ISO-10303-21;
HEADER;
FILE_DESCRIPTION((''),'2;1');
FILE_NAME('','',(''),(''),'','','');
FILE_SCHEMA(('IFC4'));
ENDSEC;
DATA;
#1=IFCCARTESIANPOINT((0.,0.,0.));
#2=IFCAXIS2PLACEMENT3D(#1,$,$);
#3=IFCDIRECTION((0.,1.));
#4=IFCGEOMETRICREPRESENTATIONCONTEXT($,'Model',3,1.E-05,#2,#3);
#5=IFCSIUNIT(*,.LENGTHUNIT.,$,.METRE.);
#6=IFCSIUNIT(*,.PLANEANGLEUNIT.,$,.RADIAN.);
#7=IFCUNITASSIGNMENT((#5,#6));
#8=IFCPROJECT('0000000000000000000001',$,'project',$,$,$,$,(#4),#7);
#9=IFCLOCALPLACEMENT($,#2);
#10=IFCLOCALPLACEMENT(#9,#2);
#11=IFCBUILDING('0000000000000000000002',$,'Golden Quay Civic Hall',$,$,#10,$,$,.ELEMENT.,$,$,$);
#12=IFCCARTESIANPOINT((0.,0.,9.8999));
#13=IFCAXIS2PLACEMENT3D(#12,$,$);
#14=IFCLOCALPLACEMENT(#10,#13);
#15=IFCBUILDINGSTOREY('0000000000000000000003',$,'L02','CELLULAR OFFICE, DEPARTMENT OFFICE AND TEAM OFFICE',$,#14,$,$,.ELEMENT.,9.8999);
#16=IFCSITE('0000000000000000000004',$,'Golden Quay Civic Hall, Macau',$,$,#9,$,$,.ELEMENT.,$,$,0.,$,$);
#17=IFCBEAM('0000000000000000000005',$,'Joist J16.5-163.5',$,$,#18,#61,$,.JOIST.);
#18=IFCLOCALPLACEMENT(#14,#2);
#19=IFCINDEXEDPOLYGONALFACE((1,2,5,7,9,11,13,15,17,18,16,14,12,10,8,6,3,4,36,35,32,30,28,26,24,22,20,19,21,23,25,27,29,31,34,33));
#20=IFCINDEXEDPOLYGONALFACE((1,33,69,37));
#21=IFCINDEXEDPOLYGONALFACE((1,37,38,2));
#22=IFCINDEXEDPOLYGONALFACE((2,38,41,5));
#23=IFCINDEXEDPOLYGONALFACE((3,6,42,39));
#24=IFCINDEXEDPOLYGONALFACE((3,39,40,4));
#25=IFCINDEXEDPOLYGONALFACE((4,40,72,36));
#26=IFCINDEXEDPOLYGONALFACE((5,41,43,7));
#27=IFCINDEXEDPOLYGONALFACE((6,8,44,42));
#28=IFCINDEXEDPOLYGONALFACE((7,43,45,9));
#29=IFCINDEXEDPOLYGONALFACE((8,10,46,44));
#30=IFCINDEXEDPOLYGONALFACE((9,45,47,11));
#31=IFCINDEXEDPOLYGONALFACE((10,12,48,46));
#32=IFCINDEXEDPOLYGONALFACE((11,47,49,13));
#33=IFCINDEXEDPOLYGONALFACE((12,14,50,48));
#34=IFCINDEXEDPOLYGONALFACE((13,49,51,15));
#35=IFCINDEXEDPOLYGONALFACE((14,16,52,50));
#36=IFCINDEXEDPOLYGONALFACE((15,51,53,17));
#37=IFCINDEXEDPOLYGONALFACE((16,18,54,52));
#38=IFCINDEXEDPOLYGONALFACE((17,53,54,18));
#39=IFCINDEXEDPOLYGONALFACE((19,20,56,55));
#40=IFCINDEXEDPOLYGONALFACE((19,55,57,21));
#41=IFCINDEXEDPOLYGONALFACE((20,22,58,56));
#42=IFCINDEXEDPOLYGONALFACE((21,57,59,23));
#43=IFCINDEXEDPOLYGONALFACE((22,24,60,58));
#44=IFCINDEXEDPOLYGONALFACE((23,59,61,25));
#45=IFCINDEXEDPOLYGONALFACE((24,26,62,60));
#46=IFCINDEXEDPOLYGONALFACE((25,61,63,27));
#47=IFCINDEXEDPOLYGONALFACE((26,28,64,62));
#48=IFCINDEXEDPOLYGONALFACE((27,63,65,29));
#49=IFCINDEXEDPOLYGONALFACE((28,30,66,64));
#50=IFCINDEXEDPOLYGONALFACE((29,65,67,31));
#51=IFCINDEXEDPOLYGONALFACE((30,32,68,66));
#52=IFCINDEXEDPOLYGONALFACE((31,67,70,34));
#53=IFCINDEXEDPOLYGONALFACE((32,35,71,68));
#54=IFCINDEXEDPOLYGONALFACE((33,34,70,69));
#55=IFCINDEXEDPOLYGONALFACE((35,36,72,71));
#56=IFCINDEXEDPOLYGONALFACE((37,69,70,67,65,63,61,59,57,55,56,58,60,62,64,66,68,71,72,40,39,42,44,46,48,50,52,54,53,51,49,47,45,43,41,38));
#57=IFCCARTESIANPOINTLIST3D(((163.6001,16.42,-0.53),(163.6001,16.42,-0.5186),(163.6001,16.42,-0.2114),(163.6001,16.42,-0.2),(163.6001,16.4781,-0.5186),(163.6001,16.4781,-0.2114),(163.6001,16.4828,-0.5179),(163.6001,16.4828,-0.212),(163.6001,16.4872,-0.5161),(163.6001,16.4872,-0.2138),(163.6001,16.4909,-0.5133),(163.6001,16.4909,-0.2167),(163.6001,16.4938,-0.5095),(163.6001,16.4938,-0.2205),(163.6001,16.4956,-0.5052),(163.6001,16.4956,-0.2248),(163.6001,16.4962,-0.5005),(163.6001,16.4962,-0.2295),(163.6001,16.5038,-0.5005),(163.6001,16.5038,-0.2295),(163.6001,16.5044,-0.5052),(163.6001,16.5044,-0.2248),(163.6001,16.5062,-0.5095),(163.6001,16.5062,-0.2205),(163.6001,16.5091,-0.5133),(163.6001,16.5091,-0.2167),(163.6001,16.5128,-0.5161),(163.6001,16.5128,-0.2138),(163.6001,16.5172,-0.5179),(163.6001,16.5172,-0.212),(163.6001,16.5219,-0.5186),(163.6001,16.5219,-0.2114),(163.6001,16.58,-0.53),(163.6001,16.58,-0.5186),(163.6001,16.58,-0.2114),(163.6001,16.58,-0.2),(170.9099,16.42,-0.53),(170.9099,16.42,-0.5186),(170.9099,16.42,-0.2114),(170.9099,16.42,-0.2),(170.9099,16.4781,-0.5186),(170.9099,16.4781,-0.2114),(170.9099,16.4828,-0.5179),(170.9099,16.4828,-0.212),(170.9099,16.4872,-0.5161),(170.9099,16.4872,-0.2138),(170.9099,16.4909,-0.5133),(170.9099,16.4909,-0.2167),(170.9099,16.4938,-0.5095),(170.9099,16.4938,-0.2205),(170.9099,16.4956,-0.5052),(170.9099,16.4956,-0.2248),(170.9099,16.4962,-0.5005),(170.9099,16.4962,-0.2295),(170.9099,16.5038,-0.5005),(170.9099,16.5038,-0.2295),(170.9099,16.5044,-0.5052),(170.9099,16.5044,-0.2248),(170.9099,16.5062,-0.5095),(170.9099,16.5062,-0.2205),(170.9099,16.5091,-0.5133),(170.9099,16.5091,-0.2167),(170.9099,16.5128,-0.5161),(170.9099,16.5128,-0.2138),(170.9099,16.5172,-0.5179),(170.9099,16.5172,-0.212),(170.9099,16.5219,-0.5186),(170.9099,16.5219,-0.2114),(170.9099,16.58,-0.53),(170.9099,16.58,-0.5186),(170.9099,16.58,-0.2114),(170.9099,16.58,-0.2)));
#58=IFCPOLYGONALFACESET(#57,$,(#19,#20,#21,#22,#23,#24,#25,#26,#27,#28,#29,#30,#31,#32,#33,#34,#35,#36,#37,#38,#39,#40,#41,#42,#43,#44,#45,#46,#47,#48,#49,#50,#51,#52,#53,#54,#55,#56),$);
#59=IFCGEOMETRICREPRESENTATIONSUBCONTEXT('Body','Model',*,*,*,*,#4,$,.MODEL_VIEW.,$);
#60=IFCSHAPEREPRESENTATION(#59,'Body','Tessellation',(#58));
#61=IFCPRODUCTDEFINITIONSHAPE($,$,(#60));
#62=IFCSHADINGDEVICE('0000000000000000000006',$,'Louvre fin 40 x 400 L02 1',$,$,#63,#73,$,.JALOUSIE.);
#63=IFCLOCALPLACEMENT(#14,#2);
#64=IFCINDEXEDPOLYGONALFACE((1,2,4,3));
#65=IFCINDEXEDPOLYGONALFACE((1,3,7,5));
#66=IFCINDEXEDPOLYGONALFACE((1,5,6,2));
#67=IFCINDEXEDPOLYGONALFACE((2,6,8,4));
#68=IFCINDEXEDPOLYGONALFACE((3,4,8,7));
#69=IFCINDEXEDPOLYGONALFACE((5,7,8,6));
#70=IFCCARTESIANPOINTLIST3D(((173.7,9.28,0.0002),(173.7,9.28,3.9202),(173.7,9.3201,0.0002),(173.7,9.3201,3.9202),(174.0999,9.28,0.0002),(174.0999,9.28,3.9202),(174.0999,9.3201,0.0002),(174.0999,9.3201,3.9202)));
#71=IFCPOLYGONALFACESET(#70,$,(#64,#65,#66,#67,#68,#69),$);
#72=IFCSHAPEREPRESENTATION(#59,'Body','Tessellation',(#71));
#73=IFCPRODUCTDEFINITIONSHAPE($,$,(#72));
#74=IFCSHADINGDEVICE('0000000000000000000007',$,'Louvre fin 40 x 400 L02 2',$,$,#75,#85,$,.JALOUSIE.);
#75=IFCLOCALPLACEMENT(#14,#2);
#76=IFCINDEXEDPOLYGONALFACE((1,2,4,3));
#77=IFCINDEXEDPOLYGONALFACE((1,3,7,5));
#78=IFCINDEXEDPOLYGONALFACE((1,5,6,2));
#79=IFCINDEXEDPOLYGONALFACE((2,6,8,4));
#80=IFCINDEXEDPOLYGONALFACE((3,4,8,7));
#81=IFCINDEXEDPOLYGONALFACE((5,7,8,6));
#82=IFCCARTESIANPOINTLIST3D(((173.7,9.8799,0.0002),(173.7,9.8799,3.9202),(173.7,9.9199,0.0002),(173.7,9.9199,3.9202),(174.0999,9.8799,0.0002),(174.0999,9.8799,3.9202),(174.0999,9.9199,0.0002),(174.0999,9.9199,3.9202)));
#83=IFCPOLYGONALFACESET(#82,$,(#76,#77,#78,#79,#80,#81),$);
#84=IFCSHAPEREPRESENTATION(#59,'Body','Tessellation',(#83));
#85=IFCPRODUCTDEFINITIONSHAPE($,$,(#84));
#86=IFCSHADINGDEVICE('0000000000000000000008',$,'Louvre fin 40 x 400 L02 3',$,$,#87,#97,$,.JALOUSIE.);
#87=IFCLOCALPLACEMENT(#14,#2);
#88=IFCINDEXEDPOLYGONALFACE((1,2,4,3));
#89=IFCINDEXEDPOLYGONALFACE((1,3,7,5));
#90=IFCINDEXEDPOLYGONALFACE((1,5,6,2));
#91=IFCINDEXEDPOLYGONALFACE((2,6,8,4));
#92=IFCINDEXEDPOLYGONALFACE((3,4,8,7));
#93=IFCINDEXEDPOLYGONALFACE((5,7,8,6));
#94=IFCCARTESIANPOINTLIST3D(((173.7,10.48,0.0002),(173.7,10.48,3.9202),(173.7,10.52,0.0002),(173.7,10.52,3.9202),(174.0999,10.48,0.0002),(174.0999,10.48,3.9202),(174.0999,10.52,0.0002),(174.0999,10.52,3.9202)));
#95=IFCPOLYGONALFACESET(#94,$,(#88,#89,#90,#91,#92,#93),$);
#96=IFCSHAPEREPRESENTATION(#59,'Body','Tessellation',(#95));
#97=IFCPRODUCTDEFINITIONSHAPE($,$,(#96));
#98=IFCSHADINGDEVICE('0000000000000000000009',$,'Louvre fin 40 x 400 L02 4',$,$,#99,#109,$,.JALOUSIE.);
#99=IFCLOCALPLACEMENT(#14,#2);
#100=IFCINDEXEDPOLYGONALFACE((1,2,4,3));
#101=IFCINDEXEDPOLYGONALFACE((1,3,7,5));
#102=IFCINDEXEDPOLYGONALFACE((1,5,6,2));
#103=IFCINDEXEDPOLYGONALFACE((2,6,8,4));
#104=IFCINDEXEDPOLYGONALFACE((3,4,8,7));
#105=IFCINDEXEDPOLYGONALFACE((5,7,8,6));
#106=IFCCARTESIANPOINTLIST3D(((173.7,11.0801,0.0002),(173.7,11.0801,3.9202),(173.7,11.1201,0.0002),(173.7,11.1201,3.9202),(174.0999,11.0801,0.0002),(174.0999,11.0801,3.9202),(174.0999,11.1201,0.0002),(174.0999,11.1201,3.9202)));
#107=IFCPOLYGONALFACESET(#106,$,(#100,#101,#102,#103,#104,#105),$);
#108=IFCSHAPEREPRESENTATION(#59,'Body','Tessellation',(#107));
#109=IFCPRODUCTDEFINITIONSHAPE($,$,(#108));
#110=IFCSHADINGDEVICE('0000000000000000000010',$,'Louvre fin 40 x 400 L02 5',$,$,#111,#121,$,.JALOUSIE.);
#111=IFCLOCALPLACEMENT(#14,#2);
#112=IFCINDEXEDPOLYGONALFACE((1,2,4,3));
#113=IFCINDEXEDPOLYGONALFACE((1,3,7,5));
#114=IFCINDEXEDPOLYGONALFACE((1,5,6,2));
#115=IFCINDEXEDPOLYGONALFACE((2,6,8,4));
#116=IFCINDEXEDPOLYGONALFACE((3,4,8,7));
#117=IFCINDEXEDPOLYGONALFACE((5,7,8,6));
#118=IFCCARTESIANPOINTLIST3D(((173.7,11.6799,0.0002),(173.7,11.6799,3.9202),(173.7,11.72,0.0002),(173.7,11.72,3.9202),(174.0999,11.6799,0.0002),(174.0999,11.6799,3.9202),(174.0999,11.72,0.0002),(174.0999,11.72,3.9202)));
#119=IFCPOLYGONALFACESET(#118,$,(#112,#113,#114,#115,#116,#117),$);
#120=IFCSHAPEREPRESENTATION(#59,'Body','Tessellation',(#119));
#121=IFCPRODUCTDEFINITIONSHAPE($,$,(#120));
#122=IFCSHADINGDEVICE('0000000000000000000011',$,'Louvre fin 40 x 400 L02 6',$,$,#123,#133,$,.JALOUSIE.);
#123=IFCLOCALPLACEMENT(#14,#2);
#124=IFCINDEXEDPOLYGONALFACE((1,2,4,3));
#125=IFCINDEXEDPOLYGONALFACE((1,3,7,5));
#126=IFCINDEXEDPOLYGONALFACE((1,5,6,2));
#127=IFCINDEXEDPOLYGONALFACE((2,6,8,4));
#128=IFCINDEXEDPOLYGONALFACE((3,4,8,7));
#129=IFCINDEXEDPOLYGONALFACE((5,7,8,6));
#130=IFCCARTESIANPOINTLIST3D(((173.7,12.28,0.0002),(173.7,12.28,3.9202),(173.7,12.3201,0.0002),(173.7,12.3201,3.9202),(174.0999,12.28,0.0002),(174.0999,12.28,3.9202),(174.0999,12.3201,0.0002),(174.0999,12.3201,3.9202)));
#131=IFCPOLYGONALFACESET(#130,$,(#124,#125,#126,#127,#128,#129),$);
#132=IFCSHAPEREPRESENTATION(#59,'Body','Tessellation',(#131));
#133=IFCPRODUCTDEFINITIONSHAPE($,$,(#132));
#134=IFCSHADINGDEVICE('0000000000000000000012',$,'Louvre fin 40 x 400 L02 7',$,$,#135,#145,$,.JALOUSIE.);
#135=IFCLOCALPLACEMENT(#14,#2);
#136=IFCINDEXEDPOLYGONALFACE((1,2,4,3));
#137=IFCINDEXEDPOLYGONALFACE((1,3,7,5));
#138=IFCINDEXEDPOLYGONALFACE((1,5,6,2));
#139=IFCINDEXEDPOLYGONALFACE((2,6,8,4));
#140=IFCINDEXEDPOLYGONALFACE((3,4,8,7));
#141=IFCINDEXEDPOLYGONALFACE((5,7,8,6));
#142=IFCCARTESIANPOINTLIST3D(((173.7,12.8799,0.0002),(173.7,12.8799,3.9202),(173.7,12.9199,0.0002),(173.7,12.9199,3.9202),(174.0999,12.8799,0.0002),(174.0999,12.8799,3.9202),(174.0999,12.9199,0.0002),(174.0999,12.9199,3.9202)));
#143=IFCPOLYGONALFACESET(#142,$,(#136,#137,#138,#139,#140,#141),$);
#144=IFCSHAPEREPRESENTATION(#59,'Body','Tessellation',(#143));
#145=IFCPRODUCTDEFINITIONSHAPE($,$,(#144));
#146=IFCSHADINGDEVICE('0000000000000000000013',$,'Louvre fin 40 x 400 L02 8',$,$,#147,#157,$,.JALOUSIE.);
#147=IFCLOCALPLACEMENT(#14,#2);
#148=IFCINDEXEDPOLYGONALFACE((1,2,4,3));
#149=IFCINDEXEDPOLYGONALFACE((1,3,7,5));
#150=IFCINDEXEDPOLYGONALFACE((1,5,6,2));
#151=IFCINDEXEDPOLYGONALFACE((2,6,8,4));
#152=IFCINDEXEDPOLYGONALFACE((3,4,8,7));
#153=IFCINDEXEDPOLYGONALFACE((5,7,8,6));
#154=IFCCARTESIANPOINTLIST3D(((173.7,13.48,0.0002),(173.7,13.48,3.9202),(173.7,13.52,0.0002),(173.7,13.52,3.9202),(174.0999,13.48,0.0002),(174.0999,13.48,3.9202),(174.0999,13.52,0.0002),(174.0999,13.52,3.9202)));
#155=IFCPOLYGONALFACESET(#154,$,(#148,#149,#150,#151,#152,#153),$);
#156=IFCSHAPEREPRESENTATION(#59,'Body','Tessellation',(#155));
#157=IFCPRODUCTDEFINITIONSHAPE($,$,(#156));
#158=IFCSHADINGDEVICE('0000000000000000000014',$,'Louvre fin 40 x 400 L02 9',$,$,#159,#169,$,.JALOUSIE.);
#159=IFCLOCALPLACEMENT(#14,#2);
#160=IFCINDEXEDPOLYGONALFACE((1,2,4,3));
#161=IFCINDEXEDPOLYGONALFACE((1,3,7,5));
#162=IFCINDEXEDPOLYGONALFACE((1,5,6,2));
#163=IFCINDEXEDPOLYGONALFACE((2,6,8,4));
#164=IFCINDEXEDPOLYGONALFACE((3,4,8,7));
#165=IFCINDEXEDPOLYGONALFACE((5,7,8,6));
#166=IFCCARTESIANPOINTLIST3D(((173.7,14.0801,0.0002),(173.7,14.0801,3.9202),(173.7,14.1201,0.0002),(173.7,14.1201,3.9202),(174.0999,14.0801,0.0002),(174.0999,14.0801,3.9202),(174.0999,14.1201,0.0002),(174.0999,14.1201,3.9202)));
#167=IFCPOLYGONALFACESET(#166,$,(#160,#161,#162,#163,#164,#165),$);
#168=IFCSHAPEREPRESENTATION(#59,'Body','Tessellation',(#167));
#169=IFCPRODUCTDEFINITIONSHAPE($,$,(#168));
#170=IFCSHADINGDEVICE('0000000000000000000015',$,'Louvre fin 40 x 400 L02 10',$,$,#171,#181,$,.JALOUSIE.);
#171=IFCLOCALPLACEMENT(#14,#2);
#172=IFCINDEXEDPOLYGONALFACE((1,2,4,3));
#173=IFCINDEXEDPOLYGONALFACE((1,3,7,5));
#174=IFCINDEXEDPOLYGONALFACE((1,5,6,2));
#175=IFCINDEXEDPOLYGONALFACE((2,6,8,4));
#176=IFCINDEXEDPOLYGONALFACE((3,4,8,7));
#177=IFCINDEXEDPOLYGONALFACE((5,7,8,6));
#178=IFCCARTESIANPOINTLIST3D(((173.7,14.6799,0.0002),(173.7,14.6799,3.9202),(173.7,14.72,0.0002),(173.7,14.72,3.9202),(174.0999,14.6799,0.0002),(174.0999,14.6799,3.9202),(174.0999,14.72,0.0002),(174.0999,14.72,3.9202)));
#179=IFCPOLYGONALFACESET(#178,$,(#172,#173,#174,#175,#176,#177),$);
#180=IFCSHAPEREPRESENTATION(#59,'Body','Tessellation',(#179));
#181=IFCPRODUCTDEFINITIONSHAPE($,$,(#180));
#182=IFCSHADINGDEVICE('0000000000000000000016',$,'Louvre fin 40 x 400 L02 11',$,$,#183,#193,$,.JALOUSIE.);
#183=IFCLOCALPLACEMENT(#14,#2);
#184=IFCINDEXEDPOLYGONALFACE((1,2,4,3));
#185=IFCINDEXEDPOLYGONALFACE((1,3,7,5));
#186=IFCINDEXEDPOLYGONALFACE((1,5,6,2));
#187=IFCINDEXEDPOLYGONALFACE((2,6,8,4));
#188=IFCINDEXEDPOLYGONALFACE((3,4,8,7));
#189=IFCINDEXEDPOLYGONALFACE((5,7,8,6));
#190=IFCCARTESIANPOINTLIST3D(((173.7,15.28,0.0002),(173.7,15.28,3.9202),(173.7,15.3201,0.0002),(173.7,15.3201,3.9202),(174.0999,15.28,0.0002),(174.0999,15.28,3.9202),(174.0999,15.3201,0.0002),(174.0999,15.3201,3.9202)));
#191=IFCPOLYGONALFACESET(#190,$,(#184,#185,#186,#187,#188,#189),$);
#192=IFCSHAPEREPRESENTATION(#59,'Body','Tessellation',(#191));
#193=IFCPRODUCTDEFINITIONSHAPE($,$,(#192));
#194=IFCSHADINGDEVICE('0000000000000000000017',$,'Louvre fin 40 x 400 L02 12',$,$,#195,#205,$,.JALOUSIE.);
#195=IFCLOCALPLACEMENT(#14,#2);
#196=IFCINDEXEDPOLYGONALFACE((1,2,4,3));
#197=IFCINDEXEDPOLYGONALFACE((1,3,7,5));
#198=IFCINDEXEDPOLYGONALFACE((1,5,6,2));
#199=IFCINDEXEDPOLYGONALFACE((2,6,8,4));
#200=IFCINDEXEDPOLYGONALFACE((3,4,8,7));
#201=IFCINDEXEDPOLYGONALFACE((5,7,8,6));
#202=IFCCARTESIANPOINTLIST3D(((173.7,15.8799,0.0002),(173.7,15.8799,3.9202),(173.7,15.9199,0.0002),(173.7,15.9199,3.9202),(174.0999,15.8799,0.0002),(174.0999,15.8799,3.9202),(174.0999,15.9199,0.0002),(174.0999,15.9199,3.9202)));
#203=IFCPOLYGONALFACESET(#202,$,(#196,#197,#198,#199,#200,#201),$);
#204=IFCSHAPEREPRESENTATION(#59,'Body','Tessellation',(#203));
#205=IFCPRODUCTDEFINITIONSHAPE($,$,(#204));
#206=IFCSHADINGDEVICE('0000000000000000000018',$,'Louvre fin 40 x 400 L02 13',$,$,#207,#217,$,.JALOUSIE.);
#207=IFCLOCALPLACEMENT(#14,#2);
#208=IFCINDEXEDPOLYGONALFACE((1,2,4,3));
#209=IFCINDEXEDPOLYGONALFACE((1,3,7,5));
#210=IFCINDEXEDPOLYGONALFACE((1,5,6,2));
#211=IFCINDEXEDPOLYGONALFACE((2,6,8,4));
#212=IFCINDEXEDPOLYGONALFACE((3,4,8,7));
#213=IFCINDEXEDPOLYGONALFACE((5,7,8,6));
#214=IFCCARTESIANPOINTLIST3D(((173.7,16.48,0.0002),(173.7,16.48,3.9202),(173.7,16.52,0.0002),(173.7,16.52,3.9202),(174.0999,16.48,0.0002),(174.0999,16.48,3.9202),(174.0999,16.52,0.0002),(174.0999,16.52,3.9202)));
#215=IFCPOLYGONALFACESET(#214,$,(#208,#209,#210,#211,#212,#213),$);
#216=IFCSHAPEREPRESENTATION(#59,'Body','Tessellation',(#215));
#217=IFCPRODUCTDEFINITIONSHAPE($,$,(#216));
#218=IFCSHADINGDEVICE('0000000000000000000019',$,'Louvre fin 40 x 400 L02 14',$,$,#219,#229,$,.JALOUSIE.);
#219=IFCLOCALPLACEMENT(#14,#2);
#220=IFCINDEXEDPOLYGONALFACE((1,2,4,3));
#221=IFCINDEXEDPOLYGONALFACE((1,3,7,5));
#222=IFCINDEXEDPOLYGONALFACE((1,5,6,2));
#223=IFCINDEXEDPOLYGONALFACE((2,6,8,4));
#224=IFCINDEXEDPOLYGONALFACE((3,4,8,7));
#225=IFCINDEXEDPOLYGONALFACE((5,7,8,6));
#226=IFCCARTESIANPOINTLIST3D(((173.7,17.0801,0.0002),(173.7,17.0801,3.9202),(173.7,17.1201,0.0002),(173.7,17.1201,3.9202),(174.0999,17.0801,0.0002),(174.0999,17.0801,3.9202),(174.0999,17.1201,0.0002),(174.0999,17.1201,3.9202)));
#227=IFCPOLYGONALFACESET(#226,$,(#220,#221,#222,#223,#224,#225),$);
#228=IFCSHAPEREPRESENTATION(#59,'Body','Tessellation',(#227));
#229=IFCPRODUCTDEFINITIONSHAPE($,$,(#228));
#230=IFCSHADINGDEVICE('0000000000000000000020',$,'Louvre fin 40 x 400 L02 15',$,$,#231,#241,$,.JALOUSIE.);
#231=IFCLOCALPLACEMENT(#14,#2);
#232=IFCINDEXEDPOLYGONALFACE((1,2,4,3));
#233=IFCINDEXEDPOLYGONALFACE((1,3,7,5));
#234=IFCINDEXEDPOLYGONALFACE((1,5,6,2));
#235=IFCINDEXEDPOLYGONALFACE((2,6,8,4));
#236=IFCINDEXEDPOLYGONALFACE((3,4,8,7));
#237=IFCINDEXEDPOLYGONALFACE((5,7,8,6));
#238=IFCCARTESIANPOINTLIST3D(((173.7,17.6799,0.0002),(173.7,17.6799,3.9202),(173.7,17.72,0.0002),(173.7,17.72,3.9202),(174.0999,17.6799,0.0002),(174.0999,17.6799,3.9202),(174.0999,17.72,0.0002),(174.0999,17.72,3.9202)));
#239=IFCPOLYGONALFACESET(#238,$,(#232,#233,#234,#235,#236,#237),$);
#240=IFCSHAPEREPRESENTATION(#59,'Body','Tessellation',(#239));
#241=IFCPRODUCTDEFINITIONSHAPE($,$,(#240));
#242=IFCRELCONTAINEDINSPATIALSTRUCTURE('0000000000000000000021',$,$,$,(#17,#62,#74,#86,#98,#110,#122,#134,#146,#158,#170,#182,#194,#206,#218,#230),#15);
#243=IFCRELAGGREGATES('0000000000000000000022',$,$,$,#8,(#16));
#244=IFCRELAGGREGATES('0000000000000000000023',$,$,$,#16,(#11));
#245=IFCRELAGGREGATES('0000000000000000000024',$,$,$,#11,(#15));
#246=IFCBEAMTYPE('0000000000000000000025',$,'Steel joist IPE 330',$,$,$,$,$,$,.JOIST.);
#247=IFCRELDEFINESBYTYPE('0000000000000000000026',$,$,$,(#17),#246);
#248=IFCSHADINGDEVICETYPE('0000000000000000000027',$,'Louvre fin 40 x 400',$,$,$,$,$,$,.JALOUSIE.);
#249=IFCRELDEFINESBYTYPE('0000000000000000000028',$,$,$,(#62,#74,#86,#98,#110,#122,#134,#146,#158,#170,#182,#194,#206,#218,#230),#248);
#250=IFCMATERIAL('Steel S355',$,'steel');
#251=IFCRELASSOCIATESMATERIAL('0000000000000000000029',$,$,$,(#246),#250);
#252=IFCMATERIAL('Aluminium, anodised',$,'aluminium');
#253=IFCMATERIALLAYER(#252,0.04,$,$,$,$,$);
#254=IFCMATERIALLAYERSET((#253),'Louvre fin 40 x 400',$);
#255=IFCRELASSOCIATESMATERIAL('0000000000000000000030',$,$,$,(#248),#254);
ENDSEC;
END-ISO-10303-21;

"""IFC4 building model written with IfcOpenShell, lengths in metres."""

from ifc_helpers import new_model, si_unit, direction, frame, origin, origin_2d, place, context, subcontext, project, spatial, rectangle, i_section, extrude, material, layer, layer_set, material_profile, profile_set, type_object, element, save


model = new_model("IFC4")

# Units and contexts
model_context = context("Model", 3, precision=1e-05, world=origin(), true_north=direction((0.0, 1.0)))
body_context = subcontext(model_context, "Body", "Model", "MODEL_VIEW")
ifc_project = project(units=[si_unit("LENGTHUNIT", "METRE"), si_unit("PLANEANGLEUNIT", "RADIAN")], contexts=[model_context])

# Site, building, storey
site_placement = place(None, origin())
site = spatial("IfcSite", under=ifc_project, at=site_placement, Name="Golden Quay Civic Hall, Macau", CompositionType="ELEMENT", RefElevation=0.0)
building_placement = place(site_placement, origin())
building = spatial("IfcBuilding", under=site, at=building_placement, Name="Golden Quay Civic Hall", CompositionType="ELEMENT")
storey_placement = place(building_placement, frame((0.0, 0.0, 9.8999)))
storey = spatial("IfcBuildingStorey", under=building, at=storey_placement, Name="L02", Description="CELLULAR OFFICE, DEPARTMENT OFFICE AND TEAM OFFICE", CompositionType="ELEMENT", Elevation=9.8999)

# Beam
ifc_material_1 = material(Name="Steel S355", Category="steel")
ifc_material_profile_1 = material_profile(ifc_material_1, i_section(OverallWidth=0.1599, OverallDepth=0.3301, WebThickness=0.0076, FlangeThickness=0.0115, FilletRadius=0.0181, at=origin_2d()), Name="IPE 330")
ifc_profile_set_1 = profile_set([ifc_material_profile_1], Name="Steel S355")
beam_type_1 = type_object("IfcBeamType", Name="Steel joist IPE 330", PredefinedType="JOIST", material=ifc_profile_set_1)
for number, where, z_axis, x_axis, name in (
    (1, (163.6001, 16.5, -0.365), (1.0, 0.0, 0.0), (0.0, 1.0, 0.0), "Joist J16.5-163.5"),
):
    element("IfcBeam", number, at=place(storey_placement, frame(where, z_axis=z_axis, x_axis=x_axis)), inside=storey, type_object=beam_type_1, Name=name, PredefinedType="JOIST", context=body_context, shape_type="SweptSolid", body=[
        extrude(i_section(OverallWidth=0.1599, OverallDepth=0.3301, WebThickness=0.0076, FlangeThickness=0.0115, FilletRadius=0.0181, at=origin_2d()), origin(), (0.0, 0.0, 1.0), 7.3098),
    ])

# Shading devices
ifc_material_2 = material(Name="Aluminium, anodised", Category="aluminium")
ifc_layer = layer(ifc_material_2, 0.04)
ifc_layer_set = layer_set([ifc_layer], Name="Louvre fin 40 x 400")
shading_device_type = type_object("IfcShadingDeviceType", Name="Louvre fin 40 x 400", PredefinedType="JALOUSIE", material=ifc_layer_set)
for number, where, z_axis, x_axis, name in (
    (2, (173.8999, 9.3, 0.0002), (0.0, 0.0, 1.0), (0.0, 1.0, 0.0), "Louvre fin 40 x 400 L02 1"),
    (3, (173.8999, 9.8999, 0.0002), (0.0, 0.0, 1.0), (0.0, 1.0, 0.0), "Louvre fin 40 x 400 L02 2"),
    (4, (173.8999, 10.5, 0.0002), (0.0, 0.0, 1.0), (0.0, 1.0, 0.0), "Louvre fin 40 x 400 L02 3"),
    (5, (173.8999, 11.1001, 0.0002), (0.0, 0.0, 1.0), (0.0, 1.0, 0.0), "Louvre fin 40 x 400 L02 4"),
    (6, (173.8999, 11.7, 0.0002), (0.0, 0.0, 1.0), (0.0, 1.0, 0.0), "Louvre fin 40 x 400 L02 5"),
    (7, (173.8999, 12.3, 0.0002), (0.0, 0.0, 1.0), (0.0, 1.0, 0.0), "Louvre fin 40 x 400 L02 6"),
    (8, (173.8999, 12.8999, 0.0002), (0.0, 0.0, 1.0), (0.0, 1.0, 0.0), "Louvre fin 40 x 400 L02 7"),
    (9, (173.8999, 13.5, 0.0002), (0.0, 0.0, 1.0), (0.0, 1.0, 0.0), "Louvre fin 40 x 400 L02 8"),
    (10, (173.8999, 14.1001, 0.0002), (0.0, 0.0, 1.0), (0.0, 1.0, 0.0), "Louvre fin 40 x 400 L02 9"),
    (11, (173.8999, 14.7, 0.0002), (0.0, 0.0, 1.0), (0.0, 1.0, 0.0), "Louvre fin 40 x 400 L02 10"),
    (12, (173.8999, 15.3, 0.0002), (0.0, 0.0, 1.0), (0.0, 1.0, 0.0), "Louvre fin 40 x 400 L02 11"),
    (13, (173.8999, 15.8999, 0.0002), (0.0, 0.0, 1.0), (0.0, 1.0, 0.0), "Louvre fin 40 x 400 L02 12"),
    (14, (173.8999, 16.5, 0.0002), (0.0, 0.0, 1.0), (0.0, 1.0, 0.0), "Louvre fin 40 x 400 L02 13"),
    (15, (173.8999, 17.1001, 0.0002), (0.0, 0.0, 1.0), (0.0, 1.0, 0.0), "Louvre fin 40 x 400 L02 14"),
    (16, (173.8999, 17.7, 0.0002), (0.0, 0.0, 1.0), (0.0, 1.0, 0.0), "Louvre fin 40 x 400 L02 15"),
):
    element("IfcShadingDevice", number, at=place(storey_placement, frame(where, z_axis=z_axis, x_axis=x_axis)), inside=storey, type_object=shading_device_type, Name=name, PredefinedType="JALOUSIE", context=body_context, shape_type="SweptSolid", body=[
        extrude(rectangle(XDim=0.04, YDim=0.3999, at=origin_2d()), origin(), (0.0, 0.0, 1.0), 3.9199),
    ])

save(model, "model.ifc")
